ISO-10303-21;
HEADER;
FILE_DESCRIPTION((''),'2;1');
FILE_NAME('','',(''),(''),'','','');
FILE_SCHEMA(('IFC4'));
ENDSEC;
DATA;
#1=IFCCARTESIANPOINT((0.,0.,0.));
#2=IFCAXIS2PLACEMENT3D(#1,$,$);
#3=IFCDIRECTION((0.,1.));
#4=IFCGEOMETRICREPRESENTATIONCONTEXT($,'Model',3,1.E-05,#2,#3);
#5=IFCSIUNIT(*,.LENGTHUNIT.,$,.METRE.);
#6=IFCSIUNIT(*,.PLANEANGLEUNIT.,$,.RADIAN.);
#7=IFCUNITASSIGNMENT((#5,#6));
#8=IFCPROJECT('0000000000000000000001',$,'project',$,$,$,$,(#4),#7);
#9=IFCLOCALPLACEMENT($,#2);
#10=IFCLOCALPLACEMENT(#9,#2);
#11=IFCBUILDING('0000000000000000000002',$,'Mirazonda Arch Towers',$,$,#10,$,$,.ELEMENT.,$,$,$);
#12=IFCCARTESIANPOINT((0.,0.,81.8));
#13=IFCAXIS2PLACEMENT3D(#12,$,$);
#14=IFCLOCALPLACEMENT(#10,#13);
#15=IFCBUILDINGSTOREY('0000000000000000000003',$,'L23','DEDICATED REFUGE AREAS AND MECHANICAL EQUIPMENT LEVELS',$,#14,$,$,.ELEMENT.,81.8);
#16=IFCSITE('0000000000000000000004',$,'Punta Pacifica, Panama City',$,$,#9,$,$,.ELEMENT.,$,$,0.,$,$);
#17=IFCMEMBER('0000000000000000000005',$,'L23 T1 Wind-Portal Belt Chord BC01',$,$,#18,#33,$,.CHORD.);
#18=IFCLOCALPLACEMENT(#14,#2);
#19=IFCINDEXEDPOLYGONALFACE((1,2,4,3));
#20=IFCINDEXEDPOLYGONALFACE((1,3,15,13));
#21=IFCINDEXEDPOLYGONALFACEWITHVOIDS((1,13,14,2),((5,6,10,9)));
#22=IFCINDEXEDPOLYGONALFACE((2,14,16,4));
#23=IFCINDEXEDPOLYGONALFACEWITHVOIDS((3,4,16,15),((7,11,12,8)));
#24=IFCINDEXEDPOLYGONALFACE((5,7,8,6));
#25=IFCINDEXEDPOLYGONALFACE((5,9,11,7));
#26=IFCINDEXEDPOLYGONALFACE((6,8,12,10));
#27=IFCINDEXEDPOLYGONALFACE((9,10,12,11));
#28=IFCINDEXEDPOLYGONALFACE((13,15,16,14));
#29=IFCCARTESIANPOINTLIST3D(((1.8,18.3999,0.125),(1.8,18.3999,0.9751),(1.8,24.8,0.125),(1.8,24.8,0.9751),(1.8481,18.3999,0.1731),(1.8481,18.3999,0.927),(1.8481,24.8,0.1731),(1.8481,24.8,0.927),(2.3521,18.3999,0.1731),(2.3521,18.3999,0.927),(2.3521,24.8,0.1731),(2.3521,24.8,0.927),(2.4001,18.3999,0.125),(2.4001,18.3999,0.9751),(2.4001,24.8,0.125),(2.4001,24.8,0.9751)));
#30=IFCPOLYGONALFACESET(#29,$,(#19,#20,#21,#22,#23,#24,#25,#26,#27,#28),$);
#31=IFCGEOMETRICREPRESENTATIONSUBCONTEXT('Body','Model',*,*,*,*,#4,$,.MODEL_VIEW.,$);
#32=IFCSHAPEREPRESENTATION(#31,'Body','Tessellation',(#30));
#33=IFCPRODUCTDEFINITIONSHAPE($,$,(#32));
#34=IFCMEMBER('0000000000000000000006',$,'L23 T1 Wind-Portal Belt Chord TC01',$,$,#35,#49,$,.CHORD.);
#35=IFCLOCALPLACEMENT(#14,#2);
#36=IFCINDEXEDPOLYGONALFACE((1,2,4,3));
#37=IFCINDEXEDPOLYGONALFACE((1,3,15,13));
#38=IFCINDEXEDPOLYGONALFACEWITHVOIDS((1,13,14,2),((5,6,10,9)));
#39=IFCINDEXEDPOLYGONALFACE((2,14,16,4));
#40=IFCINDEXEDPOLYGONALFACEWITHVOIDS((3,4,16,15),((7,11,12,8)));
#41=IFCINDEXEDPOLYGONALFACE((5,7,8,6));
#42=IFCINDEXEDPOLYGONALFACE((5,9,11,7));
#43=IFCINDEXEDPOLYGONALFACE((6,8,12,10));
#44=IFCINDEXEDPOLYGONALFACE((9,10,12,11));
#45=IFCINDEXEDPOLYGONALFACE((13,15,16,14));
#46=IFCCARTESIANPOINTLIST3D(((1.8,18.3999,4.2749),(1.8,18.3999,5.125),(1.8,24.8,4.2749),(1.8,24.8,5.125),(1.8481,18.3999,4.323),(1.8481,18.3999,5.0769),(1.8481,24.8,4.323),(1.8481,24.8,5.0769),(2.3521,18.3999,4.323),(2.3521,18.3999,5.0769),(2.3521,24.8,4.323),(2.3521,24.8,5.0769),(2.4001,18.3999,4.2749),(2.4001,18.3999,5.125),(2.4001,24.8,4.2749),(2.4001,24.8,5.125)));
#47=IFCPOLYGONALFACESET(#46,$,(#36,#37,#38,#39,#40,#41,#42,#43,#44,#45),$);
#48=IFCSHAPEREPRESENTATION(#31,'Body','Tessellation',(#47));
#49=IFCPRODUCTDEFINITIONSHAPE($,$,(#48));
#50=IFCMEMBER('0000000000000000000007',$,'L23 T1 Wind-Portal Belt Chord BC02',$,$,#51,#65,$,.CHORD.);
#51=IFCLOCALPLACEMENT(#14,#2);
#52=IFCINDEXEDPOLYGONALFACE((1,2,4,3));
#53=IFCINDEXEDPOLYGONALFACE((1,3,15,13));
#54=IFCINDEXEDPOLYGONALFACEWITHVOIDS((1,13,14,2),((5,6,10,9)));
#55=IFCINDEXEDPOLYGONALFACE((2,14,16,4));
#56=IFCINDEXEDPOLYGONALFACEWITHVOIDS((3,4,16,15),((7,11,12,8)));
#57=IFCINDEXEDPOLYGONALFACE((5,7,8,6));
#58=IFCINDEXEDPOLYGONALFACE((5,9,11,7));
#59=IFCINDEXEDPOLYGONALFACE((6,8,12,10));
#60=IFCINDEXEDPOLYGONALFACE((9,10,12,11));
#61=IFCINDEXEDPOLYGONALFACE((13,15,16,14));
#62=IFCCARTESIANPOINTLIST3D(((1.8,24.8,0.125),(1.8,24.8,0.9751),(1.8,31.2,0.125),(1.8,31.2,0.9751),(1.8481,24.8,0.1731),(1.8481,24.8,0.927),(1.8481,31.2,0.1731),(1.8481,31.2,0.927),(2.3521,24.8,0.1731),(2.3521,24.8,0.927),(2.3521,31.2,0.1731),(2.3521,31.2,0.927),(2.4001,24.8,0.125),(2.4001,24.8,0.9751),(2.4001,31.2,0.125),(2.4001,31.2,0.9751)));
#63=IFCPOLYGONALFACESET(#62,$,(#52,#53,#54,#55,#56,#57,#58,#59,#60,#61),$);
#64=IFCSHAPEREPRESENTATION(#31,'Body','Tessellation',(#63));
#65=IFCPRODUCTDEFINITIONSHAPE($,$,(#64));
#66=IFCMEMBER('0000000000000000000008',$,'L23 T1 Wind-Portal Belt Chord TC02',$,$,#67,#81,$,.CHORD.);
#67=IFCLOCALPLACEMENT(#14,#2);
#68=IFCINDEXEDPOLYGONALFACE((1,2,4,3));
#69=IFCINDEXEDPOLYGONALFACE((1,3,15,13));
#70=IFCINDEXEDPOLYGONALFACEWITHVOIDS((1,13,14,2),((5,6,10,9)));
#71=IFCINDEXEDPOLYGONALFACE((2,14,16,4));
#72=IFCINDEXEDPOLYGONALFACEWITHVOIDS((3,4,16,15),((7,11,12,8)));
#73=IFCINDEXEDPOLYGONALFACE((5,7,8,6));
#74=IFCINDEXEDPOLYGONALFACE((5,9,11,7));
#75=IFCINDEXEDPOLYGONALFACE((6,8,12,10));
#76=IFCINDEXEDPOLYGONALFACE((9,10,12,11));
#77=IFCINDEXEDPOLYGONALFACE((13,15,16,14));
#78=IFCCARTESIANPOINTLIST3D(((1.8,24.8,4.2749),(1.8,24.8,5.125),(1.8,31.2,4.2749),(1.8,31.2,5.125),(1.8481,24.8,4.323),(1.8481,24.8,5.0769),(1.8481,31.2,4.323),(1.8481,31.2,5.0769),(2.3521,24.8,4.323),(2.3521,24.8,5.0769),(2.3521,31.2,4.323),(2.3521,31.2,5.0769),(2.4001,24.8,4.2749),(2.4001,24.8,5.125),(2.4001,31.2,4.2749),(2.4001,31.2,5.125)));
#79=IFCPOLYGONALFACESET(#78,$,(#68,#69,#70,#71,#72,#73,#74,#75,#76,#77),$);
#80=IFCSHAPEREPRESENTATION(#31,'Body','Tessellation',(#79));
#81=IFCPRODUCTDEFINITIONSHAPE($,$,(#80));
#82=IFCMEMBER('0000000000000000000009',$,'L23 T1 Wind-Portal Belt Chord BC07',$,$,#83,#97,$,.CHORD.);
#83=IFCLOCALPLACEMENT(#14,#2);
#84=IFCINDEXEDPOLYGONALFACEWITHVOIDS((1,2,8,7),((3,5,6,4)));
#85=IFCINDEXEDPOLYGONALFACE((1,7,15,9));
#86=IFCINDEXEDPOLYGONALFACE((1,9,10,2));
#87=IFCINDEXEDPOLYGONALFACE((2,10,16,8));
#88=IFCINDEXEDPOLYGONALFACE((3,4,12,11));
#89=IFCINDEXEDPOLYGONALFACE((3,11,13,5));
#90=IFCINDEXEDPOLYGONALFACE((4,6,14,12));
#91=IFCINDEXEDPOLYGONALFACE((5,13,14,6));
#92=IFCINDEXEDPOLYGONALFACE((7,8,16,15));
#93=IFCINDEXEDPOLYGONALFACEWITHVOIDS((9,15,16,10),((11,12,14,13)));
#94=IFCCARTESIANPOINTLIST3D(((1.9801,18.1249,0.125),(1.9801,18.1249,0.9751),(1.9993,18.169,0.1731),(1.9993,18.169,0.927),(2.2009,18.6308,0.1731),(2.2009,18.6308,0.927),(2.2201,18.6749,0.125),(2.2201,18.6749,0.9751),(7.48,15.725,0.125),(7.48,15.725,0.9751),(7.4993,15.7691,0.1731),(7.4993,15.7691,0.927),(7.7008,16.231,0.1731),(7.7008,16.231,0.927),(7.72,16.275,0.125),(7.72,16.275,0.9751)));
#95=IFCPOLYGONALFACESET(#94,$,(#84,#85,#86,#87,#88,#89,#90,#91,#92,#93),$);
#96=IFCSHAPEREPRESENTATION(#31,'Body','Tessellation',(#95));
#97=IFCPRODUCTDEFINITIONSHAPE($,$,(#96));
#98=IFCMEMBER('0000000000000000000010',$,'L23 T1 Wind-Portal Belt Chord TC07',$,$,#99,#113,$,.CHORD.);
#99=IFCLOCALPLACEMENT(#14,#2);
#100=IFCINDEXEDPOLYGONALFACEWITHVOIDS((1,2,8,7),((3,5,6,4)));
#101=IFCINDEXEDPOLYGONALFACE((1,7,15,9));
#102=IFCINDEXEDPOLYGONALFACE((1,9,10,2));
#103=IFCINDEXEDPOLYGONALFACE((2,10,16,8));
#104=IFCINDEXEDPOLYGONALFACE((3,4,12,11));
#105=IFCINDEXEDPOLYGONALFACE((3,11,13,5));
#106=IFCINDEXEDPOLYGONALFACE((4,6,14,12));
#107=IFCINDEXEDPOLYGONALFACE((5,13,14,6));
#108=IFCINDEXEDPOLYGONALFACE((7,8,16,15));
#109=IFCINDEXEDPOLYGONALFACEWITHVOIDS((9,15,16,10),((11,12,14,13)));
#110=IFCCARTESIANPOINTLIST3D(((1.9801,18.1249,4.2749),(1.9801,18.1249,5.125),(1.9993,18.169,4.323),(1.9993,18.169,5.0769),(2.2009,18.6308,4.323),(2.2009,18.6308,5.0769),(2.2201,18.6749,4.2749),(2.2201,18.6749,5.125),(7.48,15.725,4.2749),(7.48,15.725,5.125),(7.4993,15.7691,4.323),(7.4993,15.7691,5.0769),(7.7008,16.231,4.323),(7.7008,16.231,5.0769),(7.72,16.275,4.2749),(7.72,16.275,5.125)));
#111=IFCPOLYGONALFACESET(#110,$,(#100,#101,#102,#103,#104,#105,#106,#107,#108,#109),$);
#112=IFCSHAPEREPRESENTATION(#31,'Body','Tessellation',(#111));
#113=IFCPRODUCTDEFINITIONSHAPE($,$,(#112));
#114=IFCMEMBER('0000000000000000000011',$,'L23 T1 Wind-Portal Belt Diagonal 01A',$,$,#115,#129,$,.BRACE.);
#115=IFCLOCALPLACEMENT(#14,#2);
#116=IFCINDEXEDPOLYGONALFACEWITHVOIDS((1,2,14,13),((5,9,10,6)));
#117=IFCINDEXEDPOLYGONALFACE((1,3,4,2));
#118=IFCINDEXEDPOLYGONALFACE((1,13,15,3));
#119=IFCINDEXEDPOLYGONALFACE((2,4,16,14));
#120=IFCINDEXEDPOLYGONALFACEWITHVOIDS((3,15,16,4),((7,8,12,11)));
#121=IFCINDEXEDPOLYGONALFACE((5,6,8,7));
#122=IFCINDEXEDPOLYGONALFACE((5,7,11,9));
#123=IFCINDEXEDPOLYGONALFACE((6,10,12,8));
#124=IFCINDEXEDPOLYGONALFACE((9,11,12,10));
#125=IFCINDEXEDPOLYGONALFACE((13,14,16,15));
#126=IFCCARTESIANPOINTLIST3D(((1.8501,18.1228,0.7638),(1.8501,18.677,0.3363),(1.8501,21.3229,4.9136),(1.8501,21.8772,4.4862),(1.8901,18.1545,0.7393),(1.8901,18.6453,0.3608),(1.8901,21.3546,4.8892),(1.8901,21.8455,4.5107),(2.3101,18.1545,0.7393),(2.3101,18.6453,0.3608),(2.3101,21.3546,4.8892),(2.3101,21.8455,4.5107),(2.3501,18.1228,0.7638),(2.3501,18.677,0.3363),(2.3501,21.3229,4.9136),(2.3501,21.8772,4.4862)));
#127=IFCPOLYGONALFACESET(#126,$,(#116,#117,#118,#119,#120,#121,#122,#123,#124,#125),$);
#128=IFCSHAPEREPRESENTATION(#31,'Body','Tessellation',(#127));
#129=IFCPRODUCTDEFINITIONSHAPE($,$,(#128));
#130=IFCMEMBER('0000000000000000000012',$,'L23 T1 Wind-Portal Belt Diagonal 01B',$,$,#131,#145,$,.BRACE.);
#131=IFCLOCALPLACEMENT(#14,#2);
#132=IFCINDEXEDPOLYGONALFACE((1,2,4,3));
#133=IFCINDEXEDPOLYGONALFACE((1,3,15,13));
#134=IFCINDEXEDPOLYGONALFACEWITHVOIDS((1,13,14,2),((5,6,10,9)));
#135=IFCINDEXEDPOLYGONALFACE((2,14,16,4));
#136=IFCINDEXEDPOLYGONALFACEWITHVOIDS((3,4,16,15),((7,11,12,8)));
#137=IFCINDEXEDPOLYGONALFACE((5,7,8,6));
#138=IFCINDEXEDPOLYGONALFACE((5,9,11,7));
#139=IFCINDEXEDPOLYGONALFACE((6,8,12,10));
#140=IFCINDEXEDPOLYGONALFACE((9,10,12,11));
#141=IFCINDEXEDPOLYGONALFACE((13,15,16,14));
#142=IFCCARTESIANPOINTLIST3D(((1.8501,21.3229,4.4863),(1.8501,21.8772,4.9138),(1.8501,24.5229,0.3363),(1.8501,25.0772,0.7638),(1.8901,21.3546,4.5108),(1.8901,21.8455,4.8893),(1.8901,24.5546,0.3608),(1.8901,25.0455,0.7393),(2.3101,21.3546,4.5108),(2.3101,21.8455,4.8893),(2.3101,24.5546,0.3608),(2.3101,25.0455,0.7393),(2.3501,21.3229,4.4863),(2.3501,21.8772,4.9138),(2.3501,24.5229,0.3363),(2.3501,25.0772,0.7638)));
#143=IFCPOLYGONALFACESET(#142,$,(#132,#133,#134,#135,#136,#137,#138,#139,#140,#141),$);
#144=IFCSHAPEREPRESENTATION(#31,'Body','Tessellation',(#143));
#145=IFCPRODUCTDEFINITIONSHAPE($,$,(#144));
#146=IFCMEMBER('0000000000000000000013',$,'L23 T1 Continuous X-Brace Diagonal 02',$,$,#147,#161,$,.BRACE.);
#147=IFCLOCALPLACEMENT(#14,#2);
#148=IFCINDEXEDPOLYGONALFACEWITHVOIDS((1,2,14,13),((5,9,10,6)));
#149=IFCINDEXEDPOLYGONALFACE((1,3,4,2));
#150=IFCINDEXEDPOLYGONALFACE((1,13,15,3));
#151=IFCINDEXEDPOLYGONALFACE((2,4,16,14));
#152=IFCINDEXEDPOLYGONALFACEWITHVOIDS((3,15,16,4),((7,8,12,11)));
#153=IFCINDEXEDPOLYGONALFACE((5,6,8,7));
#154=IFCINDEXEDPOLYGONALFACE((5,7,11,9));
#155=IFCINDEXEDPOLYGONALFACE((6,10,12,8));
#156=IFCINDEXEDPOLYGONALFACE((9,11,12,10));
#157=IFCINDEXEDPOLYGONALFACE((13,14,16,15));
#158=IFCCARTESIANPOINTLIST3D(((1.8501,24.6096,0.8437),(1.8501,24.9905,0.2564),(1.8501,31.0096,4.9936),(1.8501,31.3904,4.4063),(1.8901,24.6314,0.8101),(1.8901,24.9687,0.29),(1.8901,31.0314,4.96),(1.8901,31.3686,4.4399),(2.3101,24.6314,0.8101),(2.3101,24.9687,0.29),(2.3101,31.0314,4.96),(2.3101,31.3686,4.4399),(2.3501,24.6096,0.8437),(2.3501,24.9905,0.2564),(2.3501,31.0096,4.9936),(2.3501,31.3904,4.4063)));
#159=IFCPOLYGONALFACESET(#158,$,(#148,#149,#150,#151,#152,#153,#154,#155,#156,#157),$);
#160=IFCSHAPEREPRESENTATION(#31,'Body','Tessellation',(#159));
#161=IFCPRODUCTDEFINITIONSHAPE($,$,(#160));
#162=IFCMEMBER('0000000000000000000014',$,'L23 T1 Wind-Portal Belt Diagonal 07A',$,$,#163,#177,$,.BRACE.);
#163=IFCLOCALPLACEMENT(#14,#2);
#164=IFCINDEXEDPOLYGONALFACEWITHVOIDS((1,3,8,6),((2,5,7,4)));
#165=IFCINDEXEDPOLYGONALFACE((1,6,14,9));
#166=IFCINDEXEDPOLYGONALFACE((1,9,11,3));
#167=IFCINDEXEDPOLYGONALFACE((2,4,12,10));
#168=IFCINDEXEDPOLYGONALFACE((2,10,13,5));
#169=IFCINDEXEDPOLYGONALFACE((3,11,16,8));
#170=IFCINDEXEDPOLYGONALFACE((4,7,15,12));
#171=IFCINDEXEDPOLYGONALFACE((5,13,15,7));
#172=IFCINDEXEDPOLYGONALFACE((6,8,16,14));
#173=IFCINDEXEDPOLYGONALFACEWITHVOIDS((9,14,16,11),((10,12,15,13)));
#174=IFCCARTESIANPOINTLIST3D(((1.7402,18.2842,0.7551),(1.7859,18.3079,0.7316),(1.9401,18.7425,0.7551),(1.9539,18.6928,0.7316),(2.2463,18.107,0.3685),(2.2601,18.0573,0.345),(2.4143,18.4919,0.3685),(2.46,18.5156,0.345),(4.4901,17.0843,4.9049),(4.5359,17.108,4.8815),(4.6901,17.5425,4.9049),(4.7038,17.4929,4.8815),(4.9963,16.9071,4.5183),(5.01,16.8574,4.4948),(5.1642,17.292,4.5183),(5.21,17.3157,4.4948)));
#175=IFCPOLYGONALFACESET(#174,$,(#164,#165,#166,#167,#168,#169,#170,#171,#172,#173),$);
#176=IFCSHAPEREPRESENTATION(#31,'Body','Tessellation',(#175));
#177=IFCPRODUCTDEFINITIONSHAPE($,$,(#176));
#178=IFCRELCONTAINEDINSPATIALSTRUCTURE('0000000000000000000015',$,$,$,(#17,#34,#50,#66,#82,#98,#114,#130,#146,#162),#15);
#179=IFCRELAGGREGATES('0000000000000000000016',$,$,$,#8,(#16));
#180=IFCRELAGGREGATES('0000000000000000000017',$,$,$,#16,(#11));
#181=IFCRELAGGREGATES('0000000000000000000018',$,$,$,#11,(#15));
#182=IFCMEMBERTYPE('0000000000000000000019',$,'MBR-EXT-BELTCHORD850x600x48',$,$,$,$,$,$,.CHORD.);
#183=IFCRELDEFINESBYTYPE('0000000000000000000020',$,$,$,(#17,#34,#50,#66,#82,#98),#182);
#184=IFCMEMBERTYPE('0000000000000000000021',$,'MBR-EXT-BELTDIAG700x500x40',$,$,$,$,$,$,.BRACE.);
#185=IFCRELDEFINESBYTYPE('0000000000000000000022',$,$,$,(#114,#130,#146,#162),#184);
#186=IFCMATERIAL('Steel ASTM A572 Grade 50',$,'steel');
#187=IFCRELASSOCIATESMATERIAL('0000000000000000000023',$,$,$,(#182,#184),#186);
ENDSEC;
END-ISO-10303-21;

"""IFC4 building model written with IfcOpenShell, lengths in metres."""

from ifc_helpers import new_model, si_unit, direction, frame, origin, origin_2d, place, context, subcontext, project, spatial, hollow_rectangle, extrude, material, material_profile, profile_set, type_object, element, save


model = new_model("IFC4")

# Units and contexts
model_context = context("Model", 3, precision=1e-05, world=origin(), true_north=direction((0.0, 1.0)))
body_context = subcontext(model_context, "Body", "Model", "MODEL_VIEW")
ifc_project = project(units=[si_unit("LENGTHUNIT", "METRE"), si_unit("PLANEANGLEUNIT", "RADIAN")], contexts=[model_context])

# Site, building, storey
site_placement = place(None, origin())
site = spatial("IfcSite", under=ifc_project, at=site_placement, Name="Punta Pacifica, Panama City", CompositionType="ELEMENT", RefElevation=0.0)
building_placement = place(site_placement, origin())
building = spatial("IfcBuilding", under=site, at=building_placement, Name="Mirazonda Arch Towers", CompositionType="ELEMENT")
storey_placement = place(building_placement, frame((0.0, 0.0, 81.8)))
storey = spatial("IfcBuildingStorey", under=building, at=storey_placement, Name="L23", Description="DEDICATED REFUGE AREAS AND MECHANICAL EQUIPMENT LEVELS", CompositionType="ELEMENT", Elevation=81.8)

# Shared definitions
ifc_material_1 = material(Name="Steel ASTM A572 Grade 50", Category="steel")

# Members
ifc_material_profile_1 = material_profile(ifc_material_1, hollow_rectangle(XDim=0.6001, YDim=0.8501, WallThickness=0.0481, at=origin_2d()), Name="BELTCHORD850x600x48")
ifc_profile_set_1 = profile_set([ifc_material_profile_1], Name="Steel ASTM A572 Grade 50")
member_type_1 = type_object("IfcMemberType", Name="MBR-EXT-BELTCHORD850x600x48", PredefinedType="CHORD", material=ifc_profile_set_1)
for number, where, z_axis, x_axis, name in (
    (1, (2.1001, 18.3999, 0.55), (0.0, 1.0, 0.0), (-1.0, 0.0, 0.0), "L23 T1 Wind-Portal Belt Chord BC01"),
    (2, (2.1001, 18.3999, 4.7), (0.0, 1.0, 0.0), (-1.0, 0.0, 0.0), "L23 T1 Wind-Portal Belt Chord TC01"),
):
    element("IfcMember", number, at=place(storey_placement, frame(where, z_axis=z_axis, x_axis=x_axis)), inside=storey, type_object=member_type_1, Name=name, PredefinedType="CHORD", context=body_context, shape_type="SweptSolid", body=[
        extrude(hollow_rectangle(XDim=0.6001, YDim=0.8501, WallThickness=0.0481, at=origin_2d()), origin(), (0.0, 0.0, 1.0), 6.4001),
    ])
for number, where, z_axis, x_axis, name in (
    (3, (2.1001, 24.8, 0.55), (0.0, 1.0, 0.0), (-1.0, 0.0, 0.0), "L23 T1 Wind-Portal Belt Chord BC02"),
    (4, (2.1001, 24.8, 4.7), (0.0, 1.0, 0.0), (-1.0, 0.0, 0.0), "L23 T1 Wind-Portal Belt Chord TC02"),
):
    element("IfcMember", number, at=place(storey_placement, frame(where, z_axis=z_axis, x_axis=x_axis)), inside=storey, type_object=member_type_1, Name=name, PredefinedType="CHORD", context=body_context, shape_type="SweptSolid", body=[
        extrude(hollow_rectangle(XDim=0.6001, YDim=0.8501, WallThickness=0.0481, at=origin_2d()), origin(), (0.0, 0.0, 1.0), 6.3999),
    ])
for number, where, z_axis, x_axis, name in (
    (5, (2.1001, 18.3999, 0.55), (0.916545, -0.399931, 0.0), (0.399931, 0.916545, 0.0), "L23 T1 Wind-Portal Belt Chord BC07"),
    (6, (2.1001, 18.3999, 4.7), (0.916545, -0.399931, 0.0), (0.399931, 0.916545, 0.0), "L23 T1 Wind-Portal Belt Chord TC07"),
):
    element("IfcMember", number, at=place(storey_placement, frame(where, z_axis=z_axis, x_axis=x_axis)), inside=storey, type_object=member_type_1, Name=name, PredefinedType="CHORD", context=body_context, shape_type="SweptSolid", body=[
        extrude(hollow_rectangle(XDim=0.6001, YDim=0.8501, WallThickness=0.0481, at=origin_2d()), origin(), (0.0, 0.0, 1.0), 6.0007),
    ])
ifc_material_profile_2 = material_profile(ifc_material_1, hollow_rectangle(XDim=0.5, YDim=0.7, WallThickness=0.04, at=origin_2d()), Name="BELTDIAG700x500x40")
ifc_profile_set_2 = profile_set([ifc_material_profile_2], Name="Steel ASTM A572 Grade 50")
member_type_2 = type_object("IfcMemberType", Name="MBR-EXT-BELTDIAG700x500x40", PredefinedType="BRACE", material=ifc_profile_set_2)
for number, where, z_axis, x_axis, name in (
    (7, (2.1001, 18.3999, 0.55), (0.0, 0.610665, 0.791889), (-1.0, 0.0, 0.0), "L23 T1 Wind-Portal Belt Diagonal 01A"),
    (8, (2.1001, 24.8, 0.55), (0.0, -0.610636, 0.791912), (1.0, 0.0, 0.0), "L23 T1 Wind-Portal Belt Diagonal 01B"),
):
    element("IfcMember", number, at=place(storey_placement, frame(where, z_axis=z_axis, x_axis=x_axis)), inside=storey, type_object=member_type_2, Name=name, PredefinedType="BRACE", context=body_context, shape_type="SweptSolid", body=[
        extrude(hollow_rectangle(XDim=0.5, YDim=0.7, WallThickness=0.04, at=origin_2d()), origin(), (0.0, 0.0, 1.0), 5.2405),
    ])
member_1_placement = place(storey_placement, frame((2.1001, 24.8, 0.55), z_axis=(0.0, 0.839044, 0.544063), x_axis=(-1.0, 0.0, 0.0)))
element("IfcMember", 9, at=member_1_placement, inside=storey, type_object=member_type_2, Name="L23 T1 Continuous X-Brace Diagonal 02", PredefinedType="BRACE", context=body_context, shape_type="SweptSolid", body=[
    extrude(hollow_rectangle(XDim=0.5, YDim=0.7, WallThickness=0.04, at=origin_2d()), origin(), (0.0, 0.0, 1.0), 7.6277),
])
member_2_placement = place(storey_placement, frame((2.1001, 18.3999, 0.55), z_axis=(0.53701, -0.234322, 0.810378), x_axis=(0.399931, 0.916545, 0.0)))
element("IfcMember", 10, at=member_2_placement, inside=storey, type_object=member_type_2, Name="L23 T1 Wind-Portal Belt Diagonal 07A", PredefinedType="BRACE", context=body_context, shape_type="SweptSolid", body=[
    extrude(hollow_rectangle(XDim=0.5, YDim=0.7, WallThickness=0.04, at=origin_2d()), origin(), (0.0, 0.0, 1.0), 5.1208),
])

save(model, "model.ifc")
